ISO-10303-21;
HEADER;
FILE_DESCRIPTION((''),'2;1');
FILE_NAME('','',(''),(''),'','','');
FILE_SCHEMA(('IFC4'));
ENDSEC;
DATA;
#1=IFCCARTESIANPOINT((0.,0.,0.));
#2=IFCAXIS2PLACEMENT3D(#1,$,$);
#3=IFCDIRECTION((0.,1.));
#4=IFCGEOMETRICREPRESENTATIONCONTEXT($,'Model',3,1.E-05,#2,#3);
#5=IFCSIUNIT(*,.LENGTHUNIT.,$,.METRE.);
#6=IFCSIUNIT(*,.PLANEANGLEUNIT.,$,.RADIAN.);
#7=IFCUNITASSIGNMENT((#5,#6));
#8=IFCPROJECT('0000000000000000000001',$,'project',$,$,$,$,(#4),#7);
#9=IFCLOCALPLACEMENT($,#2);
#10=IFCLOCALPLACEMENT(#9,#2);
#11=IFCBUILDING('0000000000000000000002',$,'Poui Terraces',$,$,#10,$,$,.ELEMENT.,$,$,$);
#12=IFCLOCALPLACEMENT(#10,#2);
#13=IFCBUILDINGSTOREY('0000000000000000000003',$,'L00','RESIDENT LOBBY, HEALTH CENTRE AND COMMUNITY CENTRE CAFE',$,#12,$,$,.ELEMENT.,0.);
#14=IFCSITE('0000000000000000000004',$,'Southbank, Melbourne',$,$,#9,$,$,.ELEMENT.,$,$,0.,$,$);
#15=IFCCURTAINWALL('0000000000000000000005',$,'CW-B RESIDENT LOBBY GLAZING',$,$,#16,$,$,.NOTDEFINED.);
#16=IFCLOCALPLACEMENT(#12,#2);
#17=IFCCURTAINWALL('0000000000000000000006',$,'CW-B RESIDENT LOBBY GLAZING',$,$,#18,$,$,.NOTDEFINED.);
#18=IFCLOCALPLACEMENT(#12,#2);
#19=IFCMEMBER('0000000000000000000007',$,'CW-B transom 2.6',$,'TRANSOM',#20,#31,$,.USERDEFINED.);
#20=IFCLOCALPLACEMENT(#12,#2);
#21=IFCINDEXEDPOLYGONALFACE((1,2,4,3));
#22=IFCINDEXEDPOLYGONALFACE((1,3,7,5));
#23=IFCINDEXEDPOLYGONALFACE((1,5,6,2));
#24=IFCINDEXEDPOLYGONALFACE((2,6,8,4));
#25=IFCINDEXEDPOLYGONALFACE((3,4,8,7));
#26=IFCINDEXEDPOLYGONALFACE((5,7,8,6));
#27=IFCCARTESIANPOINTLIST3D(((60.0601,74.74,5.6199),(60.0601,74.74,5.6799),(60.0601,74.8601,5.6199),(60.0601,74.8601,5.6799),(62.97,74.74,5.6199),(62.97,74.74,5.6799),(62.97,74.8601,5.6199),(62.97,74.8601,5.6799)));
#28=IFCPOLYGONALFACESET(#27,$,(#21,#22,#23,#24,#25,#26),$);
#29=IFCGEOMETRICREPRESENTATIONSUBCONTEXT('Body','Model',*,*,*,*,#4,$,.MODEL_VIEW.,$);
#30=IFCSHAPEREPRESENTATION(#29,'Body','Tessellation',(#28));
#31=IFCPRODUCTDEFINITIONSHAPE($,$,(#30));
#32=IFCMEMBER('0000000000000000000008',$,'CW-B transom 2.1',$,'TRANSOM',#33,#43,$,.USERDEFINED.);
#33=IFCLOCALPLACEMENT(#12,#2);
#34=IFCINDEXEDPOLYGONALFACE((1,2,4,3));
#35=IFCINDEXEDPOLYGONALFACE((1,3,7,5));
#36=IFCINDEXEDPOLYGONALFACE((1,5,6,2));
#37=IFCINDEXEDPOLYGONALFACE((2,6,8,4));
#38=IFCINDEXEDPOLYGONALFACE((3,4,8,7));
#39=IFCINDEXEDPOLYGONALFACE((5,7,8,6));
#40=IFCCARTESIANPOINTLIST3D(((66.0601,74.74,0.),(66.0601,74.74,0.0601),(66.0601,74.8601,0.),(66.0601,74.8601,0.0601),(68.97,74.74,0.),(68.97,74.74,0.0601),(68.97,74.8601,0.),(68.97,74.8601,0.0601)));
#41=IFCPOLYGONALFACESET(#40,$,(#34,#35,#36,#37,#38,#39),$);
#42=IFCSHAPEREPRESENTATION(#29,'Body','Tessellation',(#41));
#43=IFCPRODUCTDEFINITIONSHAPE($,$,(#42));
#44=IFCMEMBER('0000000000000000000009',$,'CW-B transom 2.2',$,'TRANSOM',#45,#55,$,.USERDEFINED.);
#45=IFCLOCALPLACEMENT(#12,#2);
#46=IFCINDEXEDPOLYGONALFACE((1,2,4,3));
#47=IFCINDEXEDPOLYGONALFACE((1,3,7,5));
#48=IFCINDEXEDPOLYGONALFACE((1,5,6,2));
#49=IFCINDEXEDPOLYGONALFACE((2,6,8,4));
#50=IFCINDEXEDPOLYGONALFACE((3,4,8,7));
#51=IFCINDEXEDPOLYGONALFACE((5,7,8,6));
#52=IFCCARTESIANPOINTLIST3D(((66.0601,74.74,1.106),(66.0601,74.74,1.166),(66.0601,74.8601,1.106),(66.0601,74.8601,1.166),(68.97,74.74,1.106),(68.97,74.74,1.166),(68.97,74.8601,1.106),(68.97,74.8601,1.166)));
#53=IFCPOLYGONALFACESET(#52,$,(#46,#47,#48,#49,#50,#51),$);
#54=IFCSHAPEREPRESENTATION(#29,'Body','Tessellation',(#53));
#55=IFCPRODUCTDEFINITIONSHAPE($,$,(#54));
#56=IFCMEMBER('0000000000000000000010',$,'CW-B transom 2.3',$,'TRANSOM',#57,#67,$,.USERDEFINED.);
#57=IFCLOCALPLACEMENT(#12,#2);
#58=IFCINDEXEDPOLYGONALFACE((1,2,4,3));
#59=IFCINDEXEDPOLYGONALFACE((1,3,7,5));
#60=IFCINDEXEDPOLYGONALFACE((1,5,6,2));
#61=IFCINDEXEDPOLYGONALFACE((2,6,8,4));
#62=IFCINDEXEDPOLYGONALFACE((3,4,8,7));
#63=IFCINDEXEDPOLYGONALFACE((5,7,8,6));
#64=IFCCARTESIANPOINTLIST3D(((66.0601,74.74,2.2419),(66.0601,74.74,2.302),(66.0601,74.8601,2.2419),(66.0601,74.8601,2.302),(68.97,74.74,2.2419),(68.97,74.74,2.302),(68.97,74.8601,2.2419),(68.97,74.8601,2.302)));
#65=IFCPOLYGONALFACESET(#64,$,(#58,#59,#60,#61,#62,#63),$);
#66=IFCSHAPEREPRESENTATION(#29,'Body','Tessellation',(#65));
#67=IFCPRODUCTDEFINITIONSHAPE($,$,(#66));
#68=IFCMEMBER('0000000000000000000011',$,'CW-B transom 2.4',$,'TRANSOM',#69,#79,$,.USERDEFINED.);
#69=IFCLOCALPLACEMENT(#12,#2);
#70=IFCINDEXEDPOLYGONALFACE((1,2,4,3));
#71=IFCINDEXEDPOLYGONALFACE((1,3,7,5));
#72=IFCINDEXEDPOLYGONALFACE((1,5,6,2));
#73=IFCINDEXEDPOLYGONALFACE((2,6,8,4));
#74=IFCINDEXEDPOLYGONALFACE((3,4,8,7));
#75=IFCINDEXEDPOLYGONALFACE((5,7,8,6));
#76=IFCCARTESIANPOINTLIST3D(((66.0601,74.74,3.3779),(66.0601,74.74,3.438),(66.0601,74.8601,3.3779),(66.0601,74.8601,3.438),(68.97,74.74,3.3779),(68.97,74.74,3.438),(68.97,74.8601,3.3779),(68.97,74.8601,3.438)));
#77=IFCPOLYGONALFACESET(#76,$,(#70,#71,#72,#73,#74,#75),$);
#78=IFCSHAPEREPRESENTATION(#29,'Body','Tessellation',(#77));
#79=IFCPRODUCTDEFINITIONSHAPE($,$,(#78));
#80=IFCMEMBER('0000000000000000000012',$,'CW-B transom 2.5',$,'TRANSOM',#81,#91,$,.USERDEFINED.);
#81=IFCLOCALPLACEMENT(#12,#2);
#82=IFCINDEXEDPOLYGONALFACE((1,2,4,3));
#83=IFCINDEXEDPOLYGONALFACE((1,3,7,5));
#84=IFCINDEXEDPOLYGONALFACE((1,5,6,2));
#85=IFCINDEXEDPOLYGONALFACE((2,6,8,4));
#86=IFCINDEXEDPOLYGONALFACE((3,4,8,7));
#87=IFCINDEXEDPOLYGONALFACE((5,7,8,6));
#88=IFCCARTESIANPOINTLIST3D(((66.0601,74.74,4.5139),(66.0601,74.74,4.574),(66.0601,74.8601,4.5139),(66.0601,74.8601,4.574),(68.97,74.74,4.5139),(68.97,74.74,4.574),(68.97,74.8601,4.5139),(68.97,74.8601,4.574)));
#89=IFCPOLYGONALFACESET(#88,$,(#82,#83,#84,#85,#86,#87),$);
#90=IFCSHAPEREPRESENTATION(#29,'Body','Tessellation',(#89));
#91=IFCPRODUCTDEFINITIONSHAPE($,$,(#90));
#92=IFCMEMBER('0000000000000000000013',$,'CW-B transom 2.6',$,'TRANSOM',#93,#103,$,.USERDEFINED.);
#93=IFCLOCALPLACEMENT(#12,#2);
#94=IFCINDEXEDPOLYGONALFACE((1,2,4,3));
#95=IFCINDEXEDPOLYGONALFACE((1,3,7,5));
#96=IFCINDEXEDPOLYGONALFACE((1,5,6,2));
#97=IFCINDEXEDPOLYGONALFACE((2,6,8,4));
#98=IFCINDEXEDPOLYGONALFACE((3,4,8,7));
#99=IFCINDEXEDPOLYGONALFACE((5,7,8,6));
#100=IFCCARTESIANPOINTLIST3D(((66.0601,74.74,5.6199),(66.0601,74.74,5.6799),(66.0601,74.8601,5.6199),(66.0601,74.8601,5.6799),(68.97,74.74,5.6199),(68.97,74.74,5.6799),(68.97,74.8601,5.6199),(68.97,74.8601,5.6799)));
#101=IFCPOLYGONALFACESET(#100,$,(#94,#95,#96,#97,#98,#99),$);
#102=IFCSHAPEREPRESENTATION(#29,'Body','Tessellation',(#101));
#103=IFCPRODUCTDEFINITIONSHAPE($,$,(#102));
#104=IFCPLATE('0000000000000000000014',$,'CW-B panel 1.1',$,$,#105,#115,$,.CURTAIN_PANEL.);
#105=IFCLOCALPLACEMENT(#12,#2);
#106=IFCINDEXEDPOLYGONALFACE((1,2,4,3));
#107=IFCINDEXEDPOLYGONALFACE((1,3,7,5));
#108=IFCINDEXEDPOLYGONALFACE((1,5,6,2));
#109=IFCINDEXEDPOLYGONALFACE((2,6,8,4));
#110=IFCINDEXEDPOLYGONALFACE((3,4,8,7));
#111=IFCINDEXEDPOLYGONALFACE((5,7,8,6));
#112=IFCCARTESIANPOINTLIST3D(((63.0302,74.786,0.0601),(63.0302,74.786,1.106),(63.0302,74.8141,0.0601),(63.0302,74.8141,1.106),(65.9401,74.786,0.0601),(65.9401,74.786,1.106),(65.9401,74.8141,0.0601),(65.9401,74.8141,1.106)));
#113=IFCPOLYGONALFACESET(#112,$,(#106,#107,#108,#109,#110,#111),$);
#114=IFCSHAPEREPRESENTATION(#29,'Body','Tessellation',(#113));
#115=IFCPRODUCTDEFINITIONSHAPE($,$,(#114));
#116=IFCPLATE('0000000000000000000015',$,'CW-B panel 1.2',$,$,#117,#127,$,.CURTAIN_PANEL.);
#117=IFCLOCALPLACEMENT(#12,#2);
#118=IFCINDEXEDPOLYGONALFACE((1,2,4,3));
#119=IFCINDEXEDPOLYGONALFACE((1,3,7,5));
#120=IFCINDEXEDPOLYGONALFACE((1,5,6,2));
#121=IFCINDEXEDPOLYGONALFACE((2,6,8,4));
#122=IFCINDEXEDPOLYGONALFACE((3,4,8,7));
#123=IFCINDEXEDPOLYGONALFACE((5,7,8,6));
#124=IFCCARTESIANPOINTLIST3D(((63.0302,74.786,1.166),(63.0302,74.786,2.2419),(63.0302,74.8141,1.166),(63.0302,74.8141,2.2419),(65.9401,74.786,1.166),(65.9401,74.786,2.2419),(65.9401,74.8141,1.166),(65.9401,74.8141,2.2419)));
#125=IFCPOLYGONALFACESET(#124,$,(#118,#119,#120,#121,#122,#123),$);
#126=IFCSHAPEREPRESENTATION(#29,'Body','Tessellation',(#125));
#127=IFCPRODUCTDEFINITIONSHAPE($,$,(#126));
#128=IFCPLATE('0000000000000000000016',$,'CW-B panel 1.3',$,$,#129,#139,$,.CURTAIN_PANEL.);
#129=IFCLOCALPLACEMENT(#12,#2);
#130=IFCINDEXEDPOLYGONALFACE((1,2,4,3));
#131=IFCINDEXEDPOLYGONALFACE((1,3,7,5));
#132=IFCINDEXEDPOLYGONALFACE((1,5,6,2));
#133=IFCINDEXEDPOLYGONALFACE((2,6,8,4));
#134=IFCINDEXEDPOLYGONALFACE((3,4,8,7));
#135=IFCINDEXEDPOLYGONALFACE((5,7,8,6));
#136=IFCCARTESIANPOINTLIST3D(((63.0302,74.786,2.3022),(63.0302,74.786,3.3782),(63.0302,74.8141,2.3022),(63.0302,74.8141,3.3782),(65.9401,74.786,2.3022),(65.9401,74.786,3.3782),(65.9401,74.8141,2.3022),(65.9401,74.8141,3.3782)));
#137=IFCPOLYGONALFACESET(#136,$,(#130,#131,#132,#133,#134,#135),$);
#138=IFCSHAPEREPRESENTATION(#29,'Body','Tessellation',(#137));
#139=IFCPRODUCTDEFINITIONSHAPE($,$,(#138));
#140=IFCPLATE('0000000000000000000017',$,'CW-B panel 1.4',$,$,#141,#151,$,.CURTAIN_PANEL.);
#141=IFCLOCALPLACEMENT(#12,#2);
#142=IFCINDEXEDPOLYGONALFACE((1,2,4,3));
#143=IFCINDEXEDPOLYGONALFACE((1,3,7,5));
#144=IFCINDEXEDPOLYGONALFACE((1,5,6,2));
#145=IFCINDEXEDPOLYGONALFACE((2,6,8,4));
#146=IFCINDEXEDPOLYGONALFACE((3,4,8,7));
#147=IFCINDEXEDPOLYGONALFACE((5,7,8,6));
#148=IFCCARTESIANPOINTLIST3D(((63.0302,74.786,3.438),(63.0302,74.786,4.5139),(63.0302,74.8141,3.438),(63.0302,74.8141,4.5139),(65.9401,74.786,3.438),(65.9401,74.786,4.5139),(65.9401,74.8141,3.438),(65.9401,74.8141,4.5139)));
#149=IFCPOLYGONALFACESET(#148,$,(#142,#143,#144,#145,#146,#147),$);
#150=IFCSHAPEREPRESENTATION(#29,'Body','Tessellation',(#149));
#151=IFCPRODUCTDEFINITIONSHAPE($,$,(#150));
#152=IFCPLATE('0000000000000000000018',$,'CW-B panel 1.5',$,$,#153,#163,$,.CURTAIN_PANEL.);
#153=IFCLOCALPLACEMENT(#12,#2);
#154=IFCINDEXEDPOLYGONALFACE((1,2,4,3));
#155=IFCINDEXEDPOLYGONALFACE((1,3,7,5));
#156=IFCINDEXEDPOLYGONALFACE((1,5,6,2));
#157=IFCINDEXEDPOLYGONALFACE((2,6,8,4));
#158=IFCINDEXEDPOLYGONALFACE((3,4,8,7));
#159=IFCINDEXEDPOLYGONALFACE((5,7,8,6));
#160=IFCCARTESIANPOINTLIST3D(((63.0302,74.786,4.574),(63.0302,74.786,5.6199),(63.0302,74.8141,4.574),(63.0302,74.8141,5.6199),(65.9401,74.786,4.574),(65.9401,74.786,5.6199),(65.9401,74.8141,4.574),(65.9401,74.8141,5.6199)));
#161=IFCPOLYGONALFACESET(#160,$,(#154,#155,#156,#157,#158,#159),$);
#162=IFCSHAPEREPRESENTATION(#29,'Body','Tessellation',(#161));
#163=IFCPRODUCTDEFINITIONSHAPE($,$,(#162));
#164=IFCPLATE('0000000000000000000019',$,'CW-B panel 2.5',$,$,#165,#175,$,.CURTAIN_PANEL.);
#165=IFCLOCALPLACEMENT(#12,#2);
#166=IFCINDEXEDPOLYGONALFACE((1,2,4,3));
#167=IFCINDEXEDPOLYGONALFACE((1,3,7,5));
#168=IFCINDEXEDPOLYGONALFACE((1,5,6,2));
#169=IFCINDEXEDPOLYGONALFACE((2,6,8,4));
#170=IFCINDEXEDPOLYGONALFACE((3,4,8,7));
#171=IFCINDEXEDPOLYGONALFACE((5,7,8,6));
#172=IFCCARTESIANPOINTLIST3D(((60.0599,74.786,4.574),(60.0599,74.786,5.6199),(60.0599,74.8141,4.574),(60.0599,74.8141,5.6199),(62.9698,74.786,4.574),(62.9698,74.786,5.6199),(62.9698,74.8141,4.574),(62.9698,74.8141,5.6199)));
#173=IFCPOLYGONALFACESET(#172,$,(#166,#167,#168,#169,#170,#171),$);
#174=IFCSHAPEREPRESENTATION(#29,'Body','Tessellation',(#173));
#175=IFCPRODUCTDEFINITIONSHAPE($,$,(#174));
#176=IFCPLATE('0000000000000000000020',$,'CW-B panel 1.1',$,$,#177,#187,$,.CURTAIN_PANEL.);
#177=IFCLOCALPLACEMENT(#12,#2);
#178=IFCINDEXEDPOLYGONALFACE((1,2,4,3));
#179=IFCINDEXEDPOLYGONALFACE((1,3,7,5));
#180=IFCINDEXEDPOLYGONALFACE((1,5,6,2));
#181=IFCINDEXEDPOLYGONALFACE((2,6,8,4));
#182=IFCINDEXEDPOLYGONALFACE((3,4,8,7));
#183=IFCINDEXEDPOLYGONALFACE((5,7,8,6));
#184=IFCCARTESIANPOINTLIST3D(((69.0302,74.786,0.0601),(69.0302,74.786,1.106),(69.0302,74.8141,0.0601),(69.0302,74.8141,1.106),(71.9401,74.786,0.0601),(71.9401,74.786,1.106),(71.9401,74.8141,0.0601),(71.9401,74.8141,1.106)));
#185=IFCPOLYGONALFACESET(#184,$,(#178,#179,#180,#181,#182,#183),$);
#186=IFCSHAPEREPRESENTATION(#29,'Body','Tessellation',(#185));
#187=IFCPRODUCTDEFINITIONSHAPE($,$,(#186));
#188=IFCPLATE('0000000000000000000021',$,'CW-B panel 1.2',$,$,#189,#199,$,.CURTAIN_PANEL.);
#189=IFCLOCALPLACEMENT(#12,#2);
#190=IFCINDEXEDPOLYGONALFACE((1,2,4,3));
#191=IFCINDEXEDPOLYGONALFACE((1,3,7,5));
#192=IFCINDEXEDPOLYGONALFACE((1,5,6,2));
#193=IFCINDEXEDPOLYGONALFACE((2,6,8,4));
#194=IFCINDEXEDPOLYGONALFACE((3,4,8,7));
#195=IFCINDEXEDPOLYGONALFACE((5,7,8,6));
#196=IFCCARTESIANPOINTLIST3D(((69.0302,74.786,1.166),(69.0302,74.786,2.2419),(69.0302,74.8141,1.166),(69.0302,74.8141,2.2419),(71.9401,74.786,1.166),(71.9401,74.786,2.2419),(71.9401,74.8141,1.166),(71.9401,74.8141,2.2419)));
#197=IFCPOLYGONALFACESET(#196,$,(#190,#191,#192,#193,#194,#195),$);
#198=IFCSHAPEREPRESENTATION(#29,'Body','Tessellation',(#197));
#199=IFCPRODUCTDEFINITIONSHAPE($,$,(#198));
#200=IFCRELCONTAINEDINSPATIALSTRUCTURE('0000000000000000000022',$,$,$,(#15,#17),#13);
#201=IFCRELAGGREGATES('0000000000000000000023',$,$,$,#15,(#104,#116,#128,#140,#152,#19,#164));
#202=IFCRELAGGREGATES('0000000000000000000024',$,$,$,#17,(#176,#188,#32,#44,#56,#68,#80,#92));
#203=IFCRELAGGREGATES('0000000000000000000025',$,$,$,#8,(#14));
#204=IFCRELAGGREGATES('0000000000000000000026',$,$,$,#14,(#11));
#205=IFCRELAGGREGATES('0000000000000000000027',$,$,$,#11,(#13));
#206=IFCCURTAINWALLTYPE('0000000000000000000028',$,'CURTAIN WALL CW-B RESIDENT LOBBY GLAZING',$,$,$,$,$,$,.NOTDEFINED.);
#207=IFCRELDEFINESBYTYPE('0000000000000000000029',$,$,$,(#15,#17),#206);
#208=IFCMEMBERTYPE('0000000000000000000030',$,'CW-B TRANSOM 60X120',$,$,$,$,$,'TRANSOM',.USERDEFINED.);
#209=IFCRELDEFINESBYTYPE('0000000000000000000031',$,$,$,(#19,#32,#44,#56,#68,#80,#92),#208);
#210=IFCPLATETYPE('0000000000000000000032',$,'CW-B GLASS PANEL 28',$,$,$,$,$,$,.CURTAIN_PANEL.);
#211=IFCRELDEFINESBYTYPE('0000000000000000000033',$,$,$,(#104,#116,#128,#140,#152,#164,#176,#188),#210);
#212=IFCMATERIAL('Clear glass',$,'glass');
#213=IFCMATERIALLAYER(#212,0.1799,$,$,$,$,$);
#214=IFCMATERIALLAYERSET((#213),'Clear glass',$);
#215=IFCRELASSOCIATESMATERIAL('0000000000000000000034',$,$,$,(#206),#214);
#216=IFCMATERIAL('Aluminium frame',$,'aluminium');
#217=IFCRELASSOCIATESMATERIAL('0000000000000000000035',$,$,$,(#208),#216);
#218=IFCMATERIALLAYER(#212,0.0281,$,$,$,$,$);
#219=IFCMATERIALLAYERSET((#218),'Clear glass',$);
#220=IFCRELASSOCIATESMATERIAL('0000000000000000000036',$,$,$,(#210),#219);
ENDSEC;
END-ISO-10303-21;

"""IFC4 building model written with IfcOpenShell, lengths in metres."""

from ifc_helpers import new_model, si_unit, direction, frame, origin, origin_2d, place, context, subcontext, project, spatial, rectangle, extrude, material, layer, layer_set, material_profile, profile_set, type_object, element, aggregate, save


model = new_model("IFC4")

# Units and contexts
model_context = context("Model", 3, precision=1e-05, world=origin(), true_north=direction((0.0, 1.0)))
body_context = subcontext(model_context, "Body", "Model", "MODEL_VIEW")
ifc_project = project(units=[si_unit("LENGTHUNIT", "METRE"), si_unit("PLANEANGLEUNIT", "RADIAN")], contexts=[model_context])

# Site, building, storey
site_placement = place(None, origin())
site = spatial("IfcSite", under=ifc_project, at=site_placement, Name="Southbank, Melbourne", CompositionType="ELEMENT", RefElevation=0.0)
building_placement = place(site_placement, origin())
building = spatial("IfcBuilding", under=site, at=building_placement, Name="Poui Terraces", CompositionType="ELEMENT")
storey_placement = place(building_placement, origin())
storey = spatial("IfcBuildingStorey", under=building, at=storey_placement, Name="L00", Description="RESIDENT LOBBY, HEALTH CENTRE AND COMMUNITY CENTRE CAFE", CompositionType="ELEMENT", Elevation=0.0)

# Curtain walls
ifc_material_1 = material(Name="Clear glass", Category="glass")
ifc_layer_1 = layer(ifc_material_1, 0.1799)
ifc_layer_set_1 = layer_set([ifc_layer_1], Name="Clear glass")
curtain_wall_type = type_object("IfcCurtainWallType", Name="CURTAIN WALL CW-B RESIDENT LOBBY GLAZING", PredefinedType="NOTDEFINED", material=ifc_layer_set_1)
curtain_wall_1_placement = place(storey_placement, origin())
curtain_wall_1 = element("IfcCurtainWall", 1, at=curtain_wall_1_placement, inside=storey, type_object=curtain_wall_type, Name="CW-B RESIDENT LOBBY GLAZING", PredefinedType="NOTDEFINED")
ifc_material_2 = material(Name="Aluminium frame", Category="aluminium")
curtain_wall_2_placement = place(storey_placement, origin())
curtain_wall_2 = element("IfcCurtainWall", 2, at=curtain_wall_2_placement, inside=storey, type_object=curtain_wall_type, Name="CW-B RESIDENT LOBBY GLAZING", PredefinedType="NOTDEFINED")

# Members
ifc_material_profile_1 = material_profile(ifc_material_2, rectangle(XDim=0.1201, YDim=0.0601, at=origin_2d()), Name="CW-B TRANSOM 60X120")
ifc_profile_set_1 = profile_set([ifc_material_profile_1], Name="Aluminium frame")
member_type_1 = type_object("IfcMemberType", Name="CW-B TRANSOM 60X120", ElementType="TRANSOM", PredefinedType="USERDEFINED", material=ifc_profile_set_1)
member_1_placement = place(storey_placement, frame((62.97, 74.8, 5.6499), z_axis=(-1.0, 0.0, 0.0), x_axis=(0.0, -1.0, 0.0)))
member_1 = element("IfcMember", 3, at=member_1_placement, type_object=member_type_1, Name="CW-B transom 2.6", ObjectType="TRANSOM", PredefinedType="USERDEFINED", context=body_context, shape_type="SweptSolid", body=[
    extrude(rectangle(XDim=0.1201, YDim=0.0601, at=origin_2d()), origin(), (0.0, 0.0, 1.0), 2.9099),
])
member_2_placement = place(storey_placement, frame((68.97, 74.8, 0.03), z_axis=(-1.0, 0.0, 0.0), x_axis=(0.0, -1.0, 0.0)))
member_2 = element("IfcMember", 4, at=member_2_placement, type_object=member_type_1, Name="CW-B transom 2.1", ObjectType="TRANSOM", PredefinedType="USERDEFINED", context=body_context, shape_type="SweptSolid", body=[
    extrude(rectangle(XDim=0.1201, YDim=0.0601, at=origin_2d()), origin(), (0.0, 0.0, 1.0), 2.9099),
])
member_3_placement = place(storey_placement, frame((68.97, 74.8, 1.136), z_axis=(-1.0, 0.0, 0.0), x_axis=(0.0, -1.0, 0.0)))
member_3 = element("IfcMember", 5, at=member_3_placement, type_object=member_type_1, Name="CW-B transom 2.2", ObjectType="TRANSOM", PredefinedType="USERDEFINED", context=body_context, shape_type="SweptSolid", body=[
    extrude(rectangle(XDim=0.1201, YDim=0.0601, at=origin_2d()), origin(), (0.0, 0.0, 1.0), 2.9099),
])
member_4_placement = place(storey_placement, frame((68.97, 74.8, 2.272), z_axis=(-1.0, 0.0, 0.0), x_axis=(0.0, -1.0, 0.0)))
member_4 = element("IfcMember", 6, at=member_4_placement, type_object=member_type_1, Name="CW-B transom 2.3", ObjectType="TRANSOM", PredefinedType="USERDEFINED", context=body_context, shape_type="SweptSolid", body=[
    extrude(rectangle(XDim=0.1201, YDim=0.0601, at=origin_2d()), origin(), (0.0, 0.0, 1.0), 2.9099),
])
member_5_placement = place(storey_placement, frame((68.97, 74.8, 3.408), z_axis=(-1.0, 0.0, 0.0), x_axis=(0.0, -1.0, 0.0)))
member_5 = element("IfcMember", 7, at=member_5_placement, type_object=member_type_1, Name="CW-B transom 2.4", ObjectType="TRANSOM", PredefinedType="USERDEFINED", context=body_context, shape_type="SweptSolid", body=[
    extrude(rectangle(XDim=0.1201, YDim=0.0601, at=origin_2d()), origin(), (0.0, 0.0, 1.0), 2.9099),
])
member_6_placement = place(storey_placement, frame((68.97, 74.8, 4.5439), z_axis=(-1.0, 0.0, 0.0), x_axis=(0.0, -1.0, 0.0)))
member_6 = element("IfcMember", 8, at=member_6_placement, type_object=member_type_1, Name="CW-B transom 2.5", ObjectType="TRANSOM", PredefinedType="USERDEFINED", context=body_context, shape_type="SweptSolid", body=[
    extrude(rectangle(XDim=0.1201, YDim=0.0601, at=origin_2d()), origin(), (0.0, 0.0, 1.0), 2.9099),
])
member_7_placement = place(storey_placement, frame((68.97, 74.8, 5.6499), z_axis=(-1.0, 0.0, 0.0), x_axis=(0.0, -1.0, 0.0)))
member_7 = element("IfcMember", 9, at=member_7_placement, type_object=member_type_1, Name="CW-B transom 2.6", ObjectType="TRANSOM", PredefinedType="USERDEFINED", context=body_context, shape_type="SweptSolid", body=[
    extrude(rectangle(XDim=0.1201, YDim=0.0601, at=origin_2d()), origin(), (0.0, 0.0, 1.0), 2.9099),
])

# Plates
ifc_layer_2 = layer(ifc_material_1, 0.0281)
ifc_layer_set_2 = layer_set([ifc_layer_2], Name="Clear glass")
plate_type = type_object("IfcPlateType", Name="CW-B GLASS PANEL 28", PredefinedType="CURTAIN_PANEL", material=ifc_layer_set_2)
plate_1_placement = place(storey_placement, frame((64.4851, 74.8, 0.0601), z_axis=(0.0, 0.0, 1.0), x_axis=(-1.0, 0.0, 0.0)))
plate_1 = element("IfcPlate", 10, at=plate_1_placement, type_object=plate_type, Name="CW-B panel 1.1", PredefinedType="CURTAIN_PANEL", context=body_context, shape_type="SweptSolid", body=[
    extrude(rectangle(XDim=2.9099, YDim=0.0281, at=origin_2d()), origin(), (0.0, 0.0, 1.0), 1.0459),
])
plate_2_placement = place(storey_placement, frame((64.4851, 74.8, 1.166), z_axis=(0.0, 0.0, 1.0), x_axis=(-1.0, 0.0, 0.0)))
plate_2 = element("IfcPlate", 11, at=plate_2_placement, type_object=plate_type, Name="CW-B panel 1.2", PredefinedType="CURTAIN_PANEL", context=body_context, shape_type="SweptSolid", body=[
    extrude(rectangle(XDim=2.9099, YDim=0.0281, at=origin_2d()), origin(), (0.0, 0.0, 1.0), 1.0759),
])
plate_3_placement = place(storey_placement, frame((64.4851, 74.8, 2.3022), z_axis=(0.0, 0.0, 1.0), x_axis=(-1.0, 0.0, 0.0)))
plate_3 = element("IfcPlate", 12, at=plate_3_placement, type_object=plate_type, Name="CW-B panel 1.3", PredefinedType="CURTAIN_PANEL", context=body_context, shape_type="SweptSolid", body=[
    extrude(rectangle(XDim=2.9099, YDim=0.0281, at=origin_2d()), origin(), (0.0, 0.0, 1.0), 1.0759),
])
plate_4_placement = place(storey_placement, frame((64.4851, 74.8, 3.438), z_axis=(0.0, 0.0, 1.0), x_axis=(-1.0, 0.0, 0.0)))
plate_4 = element("IfcPlate", 13, at=plate_4_placement, type_object=plate_type, Name="CW-B panel 1.4", PredefinedType="CURTAIN_PANEL", context=body_context, shape_type="SweptSolid", body=[
    extrude(rectangle(XDim=2.9099, YDim=0.0281, at=origin_2d()), origin(), (0.0, 0.0, 1.0), 1.0759),
])
plate_5_placement = place(storey_placement, frame((64.4851, 74.8, 4.574), z_axis=(0.0, 0.0, 1.0), x_axis=(-1.0, 0.0, 0.0)))
plate_5 = element("IfcPlate", 14, at=plate_5_placement, type_object=plate_type, Name="CW-B panel 1.5", PredefinedType="CURTAIN_PANEL", context=body_context, shape_type="SweptSolid", body=[
    extrude(rectangle(XDim=2.9099, YDim=0.0281, at=origin_2d()), origin(), (0.0, 0.0, 1.0), 1.0459),
])
plate_6_placement = place(storey_placement, frame((61.5149, 74.8, 4.574), z_axis=(0.0, 0.0, 1.0), x_axis=(-1.0, 0.0, 0.0)))
plate_6 = element("IfcPlate", 15, at=plate_6_placement, type_object=plate_type, Name="CW-B panel 2.5", PredefinedType="CURTAIN_PANEL", context=body_context, shape_type="SweptSolid", body=[
    extrude(rectangle(XDim=2.9099, YDim=0.0281, at=origin_2d()), origin(), (0.0, 0.0, 1.0), 1.0459),
])
aggregate(curtain_wall_1, [plate_1, plate_2, plate_3, plate_4, plate_5, member_1, plate_6])
plate_7_placement = place(storey_placement, frame((70.4851, 74.8, 0.0601), z_axis=(0.0, 0.0, 1.0), x_axis=(-1.0, 0.0, 0.0)))
plate_7 = element("IfcPlate", 16, at=plate_7_placement, type_object=plate_type, Name="CW-B panel 1.1", PredefinedType="CURTAIN_PANEL", context=body_context, shape_type="SweptSolid", body=[
    extrude(rectangle(XDim=2.9099, YDim=0.0281, at=origin_2d()), origin(), (0.0, 0.0, 1.0), 1.0459),
])
plate_8_placement = place(storey_placement, frame((70.4851, 74.8, 1.166), z_axis=(0.0, 0.0, 1.0), x_axis=(-1.0, 0.0, 0.0)))
plate_8 = element("IfcPlate", 17, at=plate_8_placement, type_object=plate_type, Name="CW-B panel 1.2", PredefinedType="CURTAIN_PANEL", context=body_context, shape_type="SweptSolid", body=[
    extrude(rectangle(XDim=2.9099, YDim=0.0281, at=origin_2d()), origin(), (0.0, 0.0, 1.0), 1.0759),
])
aggregate(curtain_wall_2, [plate_7, plate_8, member_2, member_3, member_4, member_5, member_6, member_7])

save(model, "model.ifc")
